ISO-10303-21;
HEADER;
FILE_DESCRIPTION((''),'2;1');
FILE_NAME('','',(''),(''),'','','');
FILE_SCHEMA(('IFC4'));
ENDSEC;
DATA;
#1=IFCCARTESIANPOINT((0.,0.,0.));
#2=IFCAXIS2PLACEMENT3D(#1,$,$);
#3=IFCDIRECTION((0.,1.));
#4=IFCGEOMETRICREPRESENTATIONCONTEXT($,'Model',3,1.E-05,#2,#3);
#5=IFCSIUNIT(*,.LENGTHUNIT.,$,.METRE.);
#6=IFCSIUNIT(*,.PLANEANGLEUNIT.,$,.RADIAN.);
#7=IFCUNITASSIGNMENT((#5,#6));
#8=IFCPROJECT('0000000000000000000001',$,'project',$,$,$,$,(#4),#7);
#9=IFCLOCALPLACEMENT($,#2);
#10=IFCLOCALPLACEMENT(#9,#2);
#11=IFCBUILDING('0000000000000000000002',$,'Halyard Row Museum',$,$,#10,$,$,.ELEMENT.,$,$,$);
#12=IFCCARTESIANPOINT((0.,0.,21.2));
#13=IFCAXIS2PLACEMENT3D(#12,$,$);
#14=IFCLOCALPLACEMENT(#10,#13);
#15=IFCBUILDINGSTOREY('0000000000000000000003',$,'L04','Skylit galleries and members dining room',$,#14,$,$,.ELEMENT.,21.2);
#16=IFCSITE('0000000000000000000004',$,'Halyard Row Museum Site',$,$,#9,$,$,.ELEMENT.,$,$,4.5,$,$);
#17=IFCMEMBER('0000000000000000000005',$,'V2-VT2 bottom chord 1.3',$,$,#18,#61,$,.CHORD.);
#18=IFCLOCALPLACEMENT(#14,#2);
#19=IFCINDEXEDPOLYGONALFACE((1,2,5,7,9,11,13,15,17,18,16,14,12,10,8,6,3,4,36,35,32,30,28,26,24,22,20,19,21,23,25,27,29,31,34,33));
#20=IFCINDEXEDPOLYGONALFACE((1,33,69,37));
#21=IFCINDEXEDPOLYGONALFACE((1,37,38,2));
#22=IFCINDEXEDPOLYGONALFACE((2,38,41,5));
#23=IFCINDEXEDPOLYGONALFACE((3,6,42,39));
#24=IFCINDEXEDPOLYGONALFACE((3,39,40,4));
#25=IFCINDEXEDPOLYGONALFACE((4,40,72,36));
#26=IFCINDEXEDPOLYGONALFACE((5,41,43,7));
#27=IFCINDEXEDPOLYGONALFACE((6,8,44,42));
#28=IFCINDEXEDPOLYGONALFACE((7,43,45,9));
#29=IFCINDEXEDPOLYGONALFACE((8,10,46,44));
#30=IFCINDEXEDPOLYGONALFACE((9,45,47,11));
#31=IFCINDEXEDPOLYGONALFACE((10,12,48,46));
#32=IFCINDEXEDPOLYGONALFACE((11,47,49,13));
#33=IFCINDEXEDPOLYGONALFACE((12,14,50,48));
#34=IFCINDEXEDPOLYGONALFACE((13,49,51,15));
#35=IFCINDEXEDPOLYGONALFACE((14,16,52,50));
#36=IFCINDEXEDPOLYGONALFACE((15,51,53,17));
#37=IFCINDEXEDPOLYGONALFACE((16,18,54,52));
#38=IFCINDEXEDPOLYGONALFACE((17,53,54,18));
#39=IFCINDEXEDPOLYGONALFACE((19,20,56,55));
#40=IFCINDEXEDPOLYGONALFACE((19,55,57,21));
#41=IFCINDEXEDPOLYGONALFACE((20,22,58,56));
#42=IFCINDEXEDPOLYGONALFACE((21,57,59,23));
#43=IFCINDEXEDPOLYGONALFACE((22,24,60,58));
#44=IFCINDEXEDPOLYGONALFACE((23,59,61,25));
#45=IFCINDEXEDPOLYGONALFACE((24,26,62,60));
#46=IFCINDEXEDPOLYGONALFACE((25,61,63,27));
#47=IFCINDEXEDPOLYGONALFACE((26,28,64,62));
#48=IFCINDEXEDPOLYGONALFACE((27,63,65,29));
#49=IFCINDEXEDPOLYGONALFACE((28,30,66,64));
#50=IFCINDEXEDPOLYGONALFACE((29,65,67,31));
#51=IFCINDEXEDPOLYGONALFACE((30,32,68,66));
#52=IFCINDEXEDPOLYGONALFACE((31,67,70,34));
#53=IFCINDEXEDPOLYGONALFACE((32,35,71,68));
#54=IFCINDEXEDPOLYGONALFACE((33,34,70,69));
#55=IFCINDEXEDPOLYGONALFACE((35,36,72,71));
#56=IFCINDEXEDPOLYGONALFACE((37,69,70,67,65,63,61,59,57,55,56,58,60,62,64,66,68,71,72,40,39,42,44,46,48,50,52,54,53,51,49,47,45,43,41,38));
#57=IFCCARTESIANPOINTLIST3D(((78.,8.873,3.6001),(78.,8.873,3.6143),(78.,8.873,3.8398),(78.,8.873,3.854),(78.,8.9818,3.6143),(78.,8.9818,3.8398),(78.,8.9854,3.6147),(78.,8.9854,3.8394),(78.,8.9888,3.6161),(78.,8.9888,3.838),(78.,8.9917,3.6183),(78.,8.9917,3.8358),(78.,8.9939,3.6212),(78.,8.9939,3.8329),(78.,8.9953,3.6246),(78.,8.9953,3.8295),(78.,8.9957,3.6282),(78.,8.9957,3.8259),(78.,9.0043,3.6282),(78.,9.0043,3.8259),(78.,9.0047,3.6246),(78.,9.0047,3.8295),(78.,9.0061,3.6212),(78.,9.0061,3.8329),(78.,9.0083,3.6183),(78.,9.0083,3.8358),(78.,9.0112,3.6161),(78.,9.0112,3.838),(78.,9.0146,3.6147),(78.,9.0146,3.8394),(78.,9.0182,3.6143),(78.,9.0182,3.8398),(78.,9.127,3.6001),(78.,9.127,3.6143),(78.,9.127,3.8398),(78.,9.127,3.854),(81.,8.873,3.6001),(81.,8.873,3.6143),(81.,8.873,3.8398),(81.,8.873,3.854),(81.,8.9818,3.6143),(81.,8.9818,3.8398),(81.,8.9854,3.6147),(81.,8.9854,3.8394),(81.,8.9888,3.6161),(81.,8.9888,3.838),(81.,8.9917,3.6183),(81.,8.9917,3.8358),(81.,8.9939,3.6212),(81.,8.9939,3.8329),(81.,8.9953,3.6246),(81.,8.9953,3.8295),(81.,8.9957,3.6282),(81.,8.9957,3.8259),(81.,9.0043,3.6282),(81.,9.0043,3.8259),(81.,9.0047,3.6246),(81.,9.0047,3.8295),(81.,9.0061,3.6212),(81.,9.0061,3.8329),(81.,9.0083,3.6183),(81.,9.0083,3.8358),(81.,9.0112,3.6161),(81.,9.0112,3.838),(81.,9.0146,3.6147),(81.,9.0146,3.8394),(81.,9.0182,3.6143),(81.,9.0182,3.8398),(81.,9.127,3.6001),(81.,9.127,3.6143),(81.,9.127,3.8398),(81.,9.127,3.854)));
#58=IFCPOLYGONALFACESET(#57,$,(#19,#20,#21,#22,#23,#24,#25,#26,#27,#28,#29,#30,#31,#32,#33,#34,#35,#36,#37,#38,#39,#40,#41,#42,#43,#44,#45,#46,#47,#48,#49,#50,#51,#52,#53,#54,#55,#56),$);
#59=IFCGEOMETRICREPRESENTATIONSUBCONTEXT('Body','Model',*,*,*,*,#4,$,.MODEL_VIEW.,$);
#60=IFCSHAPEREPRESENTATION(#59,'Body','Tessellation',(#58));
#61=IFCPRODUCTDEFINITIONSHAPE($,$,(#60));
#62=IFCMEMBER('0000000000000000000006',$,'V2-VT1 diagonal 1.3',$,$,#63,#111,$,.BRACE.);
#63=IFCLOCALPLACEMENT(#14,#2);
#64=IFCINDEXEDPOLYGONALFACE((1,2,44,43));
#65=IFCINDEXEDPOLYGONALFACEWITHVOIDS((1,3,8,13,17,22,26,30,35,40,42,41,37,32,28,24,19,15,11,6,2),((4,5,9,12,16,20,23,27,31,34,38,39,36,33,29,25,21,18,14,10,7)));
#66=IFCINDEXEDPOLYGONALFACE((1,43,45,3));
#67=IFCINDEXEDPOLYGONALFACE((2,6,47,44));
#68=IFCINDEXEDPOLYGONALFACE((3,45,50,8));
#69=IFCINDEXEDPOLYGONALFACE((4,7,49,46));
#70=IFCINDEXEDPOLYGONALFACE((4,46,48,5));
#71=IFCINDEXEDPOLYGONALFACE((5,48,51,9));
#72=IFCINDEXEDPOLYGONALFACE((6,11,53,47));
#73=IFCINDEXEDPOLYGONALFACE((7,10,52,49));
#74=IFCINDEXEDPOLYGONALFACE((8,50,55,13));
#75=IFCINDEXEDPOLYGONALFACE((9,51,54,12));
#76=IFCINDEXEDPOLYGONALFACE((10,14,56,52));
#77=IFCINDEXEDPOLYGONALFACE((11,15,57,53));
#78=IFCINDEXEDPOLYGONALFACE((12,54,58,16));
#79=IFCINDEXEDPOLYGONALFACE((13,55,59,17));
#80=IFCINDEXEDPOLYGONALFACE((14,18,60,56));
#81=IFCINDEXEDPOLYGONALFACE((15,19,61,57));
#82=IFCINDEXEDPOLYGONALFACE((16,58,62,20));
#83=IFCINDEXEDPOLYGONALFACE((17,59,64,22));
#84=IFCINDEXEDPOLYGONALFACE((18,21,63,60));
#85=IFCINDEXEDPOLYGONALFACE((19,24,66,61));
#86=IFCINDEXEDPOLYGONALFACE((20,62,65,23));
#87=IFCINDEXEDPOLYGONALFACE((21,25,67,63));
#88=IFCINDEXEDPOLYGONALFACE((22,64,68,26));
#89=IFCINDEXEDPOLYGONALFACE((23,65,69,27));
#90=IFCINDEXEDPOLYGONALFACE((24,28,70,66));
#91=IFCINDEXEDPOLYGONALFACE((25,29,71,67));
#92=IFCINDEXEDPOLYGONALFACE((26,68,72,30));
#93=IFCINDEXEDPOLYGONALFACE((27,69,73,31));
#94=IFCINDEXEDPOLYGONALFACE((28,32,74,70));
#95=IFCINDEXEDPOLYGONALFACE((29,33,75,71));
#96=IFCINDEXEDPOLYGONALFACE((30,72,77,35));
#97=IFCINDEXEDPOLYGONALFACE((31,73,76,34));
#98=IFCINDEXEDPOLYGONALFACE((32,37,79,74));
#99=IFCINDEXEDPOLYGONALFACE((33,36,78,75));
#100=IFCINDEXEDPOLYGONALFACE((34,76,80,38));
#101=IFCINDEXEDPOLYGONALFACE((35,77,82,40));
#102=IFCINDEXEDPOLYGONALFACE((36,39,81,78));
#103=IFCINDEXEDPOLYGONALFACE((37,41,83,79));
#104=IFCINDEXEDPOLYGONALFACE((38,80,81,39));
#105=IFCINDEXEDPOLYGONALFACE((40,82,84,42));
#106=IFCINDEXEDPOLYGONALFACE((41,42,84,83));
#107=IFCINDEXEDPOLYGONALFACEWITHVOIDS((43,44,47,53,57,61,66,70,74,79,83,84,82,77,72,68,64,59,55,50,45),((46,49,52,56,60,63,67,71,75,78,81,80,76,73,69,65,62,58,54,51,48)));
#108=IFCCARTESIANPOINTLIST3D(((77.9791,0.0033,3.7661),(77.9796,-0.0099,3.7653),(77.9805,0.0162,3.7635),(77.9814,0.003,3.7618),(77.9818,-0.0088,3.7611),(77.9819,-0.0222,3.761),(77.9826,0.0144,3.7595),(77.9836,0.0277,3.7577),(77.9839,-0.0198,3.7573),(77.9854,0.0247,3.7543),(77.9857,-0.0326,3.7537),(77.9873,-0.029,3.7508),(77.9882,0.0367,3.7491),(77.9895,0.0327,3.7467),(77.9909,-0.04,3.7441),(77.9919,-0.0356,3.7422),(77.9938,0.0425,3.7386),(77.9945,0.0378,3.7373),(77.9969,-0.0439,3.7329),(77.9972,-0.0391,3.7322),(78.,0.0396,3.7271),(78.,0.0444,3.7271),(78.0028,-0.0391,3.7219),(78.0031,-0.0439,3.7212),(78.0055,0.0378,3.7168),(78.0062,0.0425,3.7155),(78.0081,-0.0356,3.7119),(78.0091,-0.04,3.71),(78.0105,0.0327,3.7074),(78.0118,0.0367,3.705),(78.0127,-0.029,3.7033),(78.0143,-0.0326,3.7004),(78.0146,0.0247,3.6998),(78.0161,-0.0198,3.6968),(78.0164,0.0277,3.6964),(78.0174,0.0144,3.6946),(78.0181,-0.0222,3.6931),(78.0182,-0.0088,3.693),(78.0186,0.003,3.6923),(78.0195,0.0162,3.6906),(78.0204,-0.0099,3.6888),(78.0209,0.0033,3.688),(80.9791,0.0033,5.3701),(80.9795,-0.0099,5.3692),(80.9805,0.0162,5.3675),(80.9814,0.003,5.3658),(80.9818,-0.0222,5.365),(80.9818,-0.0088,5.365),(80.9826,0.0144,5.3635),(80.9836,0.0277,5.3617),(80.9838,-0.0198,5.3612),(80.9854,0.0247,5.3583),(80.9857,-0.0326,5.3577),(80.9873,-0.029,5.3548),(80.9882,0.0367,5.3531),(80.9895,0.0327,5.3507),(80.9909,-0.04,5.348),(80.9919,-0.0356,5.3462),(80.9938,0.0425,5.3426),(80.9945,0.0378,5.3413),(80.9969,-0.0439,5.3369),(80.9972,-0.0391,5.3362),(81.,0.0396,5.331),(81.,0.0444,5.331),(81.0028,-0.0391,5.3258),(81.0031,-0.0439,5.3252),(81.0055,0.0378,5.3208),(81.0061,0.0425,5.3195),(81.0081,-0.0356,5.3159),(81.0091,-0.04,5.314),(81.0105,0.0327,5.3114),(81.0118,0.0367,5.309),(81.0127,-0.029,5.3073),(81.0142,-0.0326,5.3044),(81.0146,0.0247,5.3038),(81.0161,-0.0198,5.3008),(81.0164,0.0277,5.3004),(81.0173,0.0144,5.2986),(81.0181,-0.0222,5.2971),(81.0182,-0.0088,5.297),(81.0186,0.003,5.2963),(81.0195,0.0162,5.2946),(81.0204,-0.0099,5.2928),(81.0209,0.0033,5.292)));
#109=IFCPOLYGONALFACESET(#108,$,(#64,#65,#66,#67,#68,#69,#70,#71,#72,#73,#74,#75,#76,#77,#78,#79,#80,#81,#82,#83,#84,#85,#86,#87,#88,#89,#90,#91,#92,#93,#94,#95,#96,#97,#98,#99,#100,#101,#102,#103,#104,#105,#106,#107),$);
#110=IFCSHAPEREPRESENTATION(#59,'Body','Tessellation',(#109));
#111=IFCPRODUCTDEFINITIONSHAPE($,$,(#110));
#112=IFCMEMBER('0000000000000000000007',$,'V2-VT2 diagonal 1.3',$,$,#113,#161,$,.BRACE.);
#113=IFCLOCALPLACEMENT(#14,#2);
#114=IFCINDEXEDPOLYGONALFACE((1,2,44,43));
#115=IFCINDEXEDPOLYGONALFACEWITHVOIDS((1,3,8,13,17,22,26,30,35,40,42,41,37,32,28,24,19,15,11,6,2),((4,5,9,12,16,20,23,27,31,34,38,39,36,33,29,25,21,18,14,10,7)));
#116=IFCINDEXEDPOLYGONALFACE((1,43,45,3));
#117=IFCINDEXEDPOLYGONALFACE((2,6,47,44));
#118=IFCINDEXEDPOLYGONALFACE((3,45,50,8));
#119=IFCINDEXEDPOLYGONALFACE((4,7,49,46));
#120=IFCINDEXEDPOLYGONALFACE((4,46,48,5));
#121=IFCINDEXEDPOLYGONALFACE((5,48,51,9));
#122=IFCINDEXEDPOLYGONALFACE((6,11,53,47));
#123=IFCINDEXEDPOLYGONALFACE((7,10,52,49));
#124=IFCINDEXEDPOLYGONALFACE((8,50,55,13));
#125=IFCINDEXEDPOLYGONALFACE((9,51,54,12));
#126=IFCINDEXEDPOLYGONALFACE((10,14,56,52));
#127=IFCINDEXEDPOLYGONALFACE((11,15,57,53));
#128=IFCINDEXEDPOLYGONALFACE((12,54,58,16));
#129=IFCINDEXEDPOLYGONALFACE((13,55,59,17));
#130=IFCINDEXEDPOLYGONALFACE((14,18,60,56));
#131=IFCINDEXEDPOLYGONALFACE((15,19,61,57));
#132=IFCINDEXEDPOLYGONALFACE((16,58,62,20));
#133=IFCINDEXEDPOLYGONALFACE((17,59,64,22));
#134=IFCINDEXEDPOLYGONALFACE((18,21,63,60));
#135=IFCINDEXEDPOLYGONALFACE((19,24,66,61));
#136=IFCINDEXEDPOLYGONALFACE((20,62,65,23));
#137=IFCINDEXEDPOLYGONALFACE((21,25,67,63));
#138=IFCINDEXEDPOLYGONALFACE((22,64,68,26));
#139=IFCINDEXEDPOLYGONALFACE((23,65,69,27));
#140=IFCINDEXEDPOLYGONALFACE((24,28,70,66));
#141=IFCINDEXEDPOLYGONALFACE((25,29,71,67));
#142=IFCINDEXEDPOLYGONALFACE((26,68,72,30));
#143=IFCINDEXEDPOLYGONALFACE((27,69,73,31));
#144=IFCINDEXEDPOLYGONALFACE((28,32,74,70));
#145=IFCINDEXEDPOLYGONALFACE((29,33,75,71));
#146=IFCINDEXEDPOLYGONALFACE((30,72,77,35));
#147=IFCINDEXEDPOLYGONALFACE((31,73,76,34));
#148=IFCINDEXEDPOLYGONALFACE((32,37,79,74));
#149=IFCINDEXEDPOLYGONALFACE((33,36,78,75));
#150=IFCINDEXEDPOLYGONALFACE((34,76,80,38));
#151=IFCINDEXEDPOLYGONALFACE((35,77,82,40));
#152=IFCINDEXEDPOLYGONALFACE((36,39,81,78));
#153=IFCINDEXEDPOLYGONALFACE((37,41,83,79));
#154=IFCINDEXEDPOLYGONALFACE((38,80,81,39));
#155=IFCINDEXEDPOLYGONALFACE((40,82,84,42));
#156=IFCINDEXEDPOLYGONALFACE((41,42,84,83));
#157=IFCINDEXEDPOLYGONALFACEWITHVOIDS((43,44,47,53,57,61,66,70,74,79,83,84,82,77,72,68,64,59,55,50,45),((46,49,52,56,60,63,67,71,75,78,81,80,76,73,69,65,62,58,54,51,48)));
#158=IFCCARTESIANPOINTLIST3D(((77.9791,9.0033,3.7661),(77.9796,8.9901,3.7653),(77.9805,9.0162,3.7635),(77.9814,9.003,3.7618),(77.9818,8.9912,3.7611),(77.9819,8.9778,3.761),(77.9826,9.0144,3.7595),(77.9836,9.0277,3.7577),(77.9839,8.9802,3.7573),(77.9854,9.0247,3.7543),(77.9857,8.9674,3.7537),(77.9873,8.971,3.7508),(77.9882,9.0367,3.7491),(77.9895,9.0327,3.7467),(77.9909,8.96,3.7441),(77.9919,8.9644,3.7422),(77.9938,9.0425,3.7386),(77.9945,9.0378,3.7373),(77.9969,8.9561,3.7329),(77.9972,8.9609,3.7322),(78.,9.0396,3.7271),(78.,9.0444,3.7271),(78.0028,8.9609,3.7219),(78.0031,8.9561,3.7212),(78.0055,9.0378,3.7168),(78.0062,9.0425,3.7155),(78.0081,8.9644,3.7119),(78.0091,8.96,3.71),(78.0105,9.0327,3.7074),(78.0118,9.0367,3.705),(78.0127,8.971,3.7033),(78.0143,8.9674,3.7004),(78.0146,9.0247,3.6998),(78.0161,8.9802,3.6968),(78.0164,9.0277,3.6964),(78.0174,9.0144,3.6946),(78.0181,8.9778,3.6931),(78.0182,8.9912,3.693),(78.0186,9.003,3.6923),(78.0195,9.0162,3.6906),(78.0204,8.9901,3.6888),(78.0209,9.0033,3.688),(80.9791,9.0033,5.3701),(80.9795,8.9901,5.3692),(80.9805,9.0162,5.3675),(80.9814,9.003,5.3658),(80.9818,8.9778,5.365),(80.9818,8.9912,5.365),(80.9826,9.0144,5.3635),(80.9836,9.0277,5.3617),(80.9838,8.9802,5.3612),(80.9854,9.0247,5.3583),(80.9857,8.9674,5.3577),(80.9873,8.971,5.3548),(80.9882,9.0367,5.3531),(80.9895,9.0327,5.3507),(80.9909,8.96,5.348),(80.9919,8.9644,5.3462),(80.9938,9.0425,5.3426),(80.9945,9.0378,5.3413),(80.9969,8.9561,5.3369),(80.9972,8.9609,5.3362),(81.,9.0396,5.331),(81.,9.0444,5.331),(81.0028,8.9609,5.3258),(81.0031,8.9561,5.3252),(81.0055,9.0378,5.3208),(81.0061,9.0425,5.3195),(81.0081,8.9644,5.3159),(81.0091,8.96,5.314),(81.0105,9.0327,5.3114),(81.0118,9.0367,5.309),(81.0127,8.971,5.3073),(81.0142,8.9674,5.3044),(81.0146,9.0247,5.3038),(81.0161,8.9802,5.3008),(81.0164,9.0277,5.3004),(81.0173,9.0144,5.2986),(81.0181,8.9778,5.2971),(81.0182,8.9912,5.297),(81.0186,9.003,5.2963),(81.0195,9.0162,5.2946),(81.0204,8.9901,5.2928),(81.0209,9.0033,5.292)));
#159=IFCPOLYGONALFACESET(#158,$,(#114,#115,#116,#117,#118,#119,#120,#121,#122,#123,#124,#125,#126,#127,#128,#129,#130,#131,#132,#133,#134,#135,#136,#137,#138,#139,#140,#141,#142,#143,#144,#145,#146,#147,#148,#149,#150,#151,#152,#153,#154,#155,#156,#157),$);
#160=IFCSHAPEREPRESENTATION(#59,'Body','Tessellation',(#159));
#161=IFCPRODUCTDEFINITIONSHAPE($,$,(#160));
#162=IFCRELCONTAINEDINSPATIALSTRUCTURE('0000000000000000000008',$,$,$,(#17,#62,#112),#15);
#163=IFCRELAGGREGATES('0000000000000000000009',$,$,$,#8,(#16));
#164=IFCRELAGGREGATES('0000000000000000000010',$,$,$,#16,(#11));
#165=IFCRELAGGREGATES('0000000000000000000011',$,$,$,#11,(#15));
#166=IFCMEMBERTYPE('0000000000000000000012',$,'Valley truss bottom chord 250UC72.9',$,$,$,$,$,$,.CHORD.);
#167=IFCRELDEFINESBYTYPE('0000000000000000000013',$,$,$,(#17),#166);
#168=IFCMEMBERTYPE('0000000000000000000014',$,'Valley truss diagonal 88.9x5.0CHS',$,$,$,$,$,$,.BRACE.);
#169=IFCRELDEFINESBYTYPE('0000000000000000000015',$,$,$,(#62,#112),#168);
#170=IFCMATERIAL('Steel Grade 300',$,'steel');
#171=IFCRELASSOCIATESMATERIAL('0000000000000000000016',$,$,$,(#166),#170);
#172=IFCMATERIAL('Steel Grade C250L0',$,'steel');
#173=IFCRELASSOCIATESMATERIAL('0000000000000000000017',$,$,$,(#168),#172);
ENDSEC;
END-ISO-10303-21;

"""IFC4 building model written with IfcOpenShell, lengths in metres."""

from ifc_helpers import new_model, si_unit, direction, frame, origin, origin_2d, place, context, subcontext, project, spatial, hollow_circle, i_section, extrude, material, material_profile, profile_set, type_object, element, save


model = new_model("IFC4")

# Units and contexts
model_context = context("Model", 3, precision=1e-05, world=origin(), true_north=direction((0.0, 1.0)))
body_context = subcontext(model_context, "Body", "Model", "MODEL_VIEW")
ifc_project = project(units=[si_unit("LENGTHUNIT", "METRE"), si_unit("PLANEANGLEUNIT", "RADIAN")], contexts=[model_context])

# Site, building, storey
site_placement = place(None, origin())
site = spatial("IfcSite", under=ifc_project, at=site_placement, Name="Halyard Row Museum Site", CompositionType="ELEMENT", RefElevation=4.5)
building_placement = place(site_placement, origin())
building = spatial("IfcBuilding", under=site, at=building_placement, Name="Halyard Row Museum", CompositionType="ELEMENT")
storey_placement = place(building_placement, frame((0.0, 0.0, 21.2)))
storey = spatial("IfcBuildingStorey", under=building, at=storey_placement, Name="L04", Description="Skylit galleries and members dining room", CompositionType="ELEMENT", Elevation=21.2)

# Members
ifc_material_1 = material(Name="Steel Grade 300", Category="steel")
ifc_material_profile_1 = material_profile(ifc_material_1, i_section(OverallWidth=0.2539, OverallDepth=0.2539, WebThickness=0.0085, FlangeThickness=0.0142, FilletRadius=0.0139, at=origin_2d()), Name="250UC72.9")
ifc_profile_set_1 = profile_set([ifc_material_profile_1], Name="Steel Grade 300")
member_type_1 = type_object("IfcMemberType", Name="Valley truss bottom chord 250UC72.9", PredefinedType="CHORD", material=ifc_profile_set_1)
for number, where, z_axis, x_axis, name in (
    (1, (78.0, 9.0, 3.7271), (1.0, 0.0, 0.0), (0.0, 1.0, 0.0), "V2-VT2 bottom chord 1.3"),
):
    element("IfcMember", number, at=place(storey_placement, frame(where, z_axis=z_axis, x_axis=x_axis)), inside=storey, type_object=member_type_1, Name=name, PredefinedType="CHORD", context=body_context, shape_type="SweptSolid", body=[
        extrude(i_section(OverallWidth=0.2539, OverallDepth=0.2539, WebThickness=0.0085, FlangeThickness=0.0142, FilletRadius=0.0139, at=origin_2d()), origin(), (0.0, 0.0, 1.0), 3.0),
    ])
ifc_material_2 = material(Name="Steel Grade C250L0", Category="steel")
ifc_material_profile_2 = material_profile(ifc_material_2, hollow_circle(Radius=0.0444, WallThickness=0.0049, at=origin_2d()), Name="88.9x5.0CHS")
ifc_profile_set_2 = profile_set([ifc_material_profile_2], Name="Steel Grade C250L0")
member_type_2 = type_object("IfcMemberType", Name="Valley truss diagonal 88.9x5.0CHS", PredefinedType="BRACE", material=ifc_profile_set_2)
for number, where, z_axis, x_axis, name in (
    (2, (78.0, 0.0, 3.7271), (0.881864, 0.0, 0.471504), (0.0, 1.0, 0.0), "V2-VT1 diagonal 1.3"),
    (3, (78.0, 9.0, 3.7271), (0.881864, 0.0, 0.471504), (0.0, 1.0, 0.0), "V2-VT2 diagonal 1.3"),
):
    element("IfcMember", number, at=place(storey_placement, frame(where, z_axis=z_axis, x_axis=x_axis)), inside=storey, type_object=member_type_2, Name=name, PredefinedType="BRACE", context=body_context, shape_type="SweptSolid", body=[
        extrude(hollow_circle(Radius=0.0444, WallThickness=0.0049, at=origin_2d()), origin(), (0.0, 0.0, 1.0), 3.4019),
    ])

save(model, "model.ifc")
